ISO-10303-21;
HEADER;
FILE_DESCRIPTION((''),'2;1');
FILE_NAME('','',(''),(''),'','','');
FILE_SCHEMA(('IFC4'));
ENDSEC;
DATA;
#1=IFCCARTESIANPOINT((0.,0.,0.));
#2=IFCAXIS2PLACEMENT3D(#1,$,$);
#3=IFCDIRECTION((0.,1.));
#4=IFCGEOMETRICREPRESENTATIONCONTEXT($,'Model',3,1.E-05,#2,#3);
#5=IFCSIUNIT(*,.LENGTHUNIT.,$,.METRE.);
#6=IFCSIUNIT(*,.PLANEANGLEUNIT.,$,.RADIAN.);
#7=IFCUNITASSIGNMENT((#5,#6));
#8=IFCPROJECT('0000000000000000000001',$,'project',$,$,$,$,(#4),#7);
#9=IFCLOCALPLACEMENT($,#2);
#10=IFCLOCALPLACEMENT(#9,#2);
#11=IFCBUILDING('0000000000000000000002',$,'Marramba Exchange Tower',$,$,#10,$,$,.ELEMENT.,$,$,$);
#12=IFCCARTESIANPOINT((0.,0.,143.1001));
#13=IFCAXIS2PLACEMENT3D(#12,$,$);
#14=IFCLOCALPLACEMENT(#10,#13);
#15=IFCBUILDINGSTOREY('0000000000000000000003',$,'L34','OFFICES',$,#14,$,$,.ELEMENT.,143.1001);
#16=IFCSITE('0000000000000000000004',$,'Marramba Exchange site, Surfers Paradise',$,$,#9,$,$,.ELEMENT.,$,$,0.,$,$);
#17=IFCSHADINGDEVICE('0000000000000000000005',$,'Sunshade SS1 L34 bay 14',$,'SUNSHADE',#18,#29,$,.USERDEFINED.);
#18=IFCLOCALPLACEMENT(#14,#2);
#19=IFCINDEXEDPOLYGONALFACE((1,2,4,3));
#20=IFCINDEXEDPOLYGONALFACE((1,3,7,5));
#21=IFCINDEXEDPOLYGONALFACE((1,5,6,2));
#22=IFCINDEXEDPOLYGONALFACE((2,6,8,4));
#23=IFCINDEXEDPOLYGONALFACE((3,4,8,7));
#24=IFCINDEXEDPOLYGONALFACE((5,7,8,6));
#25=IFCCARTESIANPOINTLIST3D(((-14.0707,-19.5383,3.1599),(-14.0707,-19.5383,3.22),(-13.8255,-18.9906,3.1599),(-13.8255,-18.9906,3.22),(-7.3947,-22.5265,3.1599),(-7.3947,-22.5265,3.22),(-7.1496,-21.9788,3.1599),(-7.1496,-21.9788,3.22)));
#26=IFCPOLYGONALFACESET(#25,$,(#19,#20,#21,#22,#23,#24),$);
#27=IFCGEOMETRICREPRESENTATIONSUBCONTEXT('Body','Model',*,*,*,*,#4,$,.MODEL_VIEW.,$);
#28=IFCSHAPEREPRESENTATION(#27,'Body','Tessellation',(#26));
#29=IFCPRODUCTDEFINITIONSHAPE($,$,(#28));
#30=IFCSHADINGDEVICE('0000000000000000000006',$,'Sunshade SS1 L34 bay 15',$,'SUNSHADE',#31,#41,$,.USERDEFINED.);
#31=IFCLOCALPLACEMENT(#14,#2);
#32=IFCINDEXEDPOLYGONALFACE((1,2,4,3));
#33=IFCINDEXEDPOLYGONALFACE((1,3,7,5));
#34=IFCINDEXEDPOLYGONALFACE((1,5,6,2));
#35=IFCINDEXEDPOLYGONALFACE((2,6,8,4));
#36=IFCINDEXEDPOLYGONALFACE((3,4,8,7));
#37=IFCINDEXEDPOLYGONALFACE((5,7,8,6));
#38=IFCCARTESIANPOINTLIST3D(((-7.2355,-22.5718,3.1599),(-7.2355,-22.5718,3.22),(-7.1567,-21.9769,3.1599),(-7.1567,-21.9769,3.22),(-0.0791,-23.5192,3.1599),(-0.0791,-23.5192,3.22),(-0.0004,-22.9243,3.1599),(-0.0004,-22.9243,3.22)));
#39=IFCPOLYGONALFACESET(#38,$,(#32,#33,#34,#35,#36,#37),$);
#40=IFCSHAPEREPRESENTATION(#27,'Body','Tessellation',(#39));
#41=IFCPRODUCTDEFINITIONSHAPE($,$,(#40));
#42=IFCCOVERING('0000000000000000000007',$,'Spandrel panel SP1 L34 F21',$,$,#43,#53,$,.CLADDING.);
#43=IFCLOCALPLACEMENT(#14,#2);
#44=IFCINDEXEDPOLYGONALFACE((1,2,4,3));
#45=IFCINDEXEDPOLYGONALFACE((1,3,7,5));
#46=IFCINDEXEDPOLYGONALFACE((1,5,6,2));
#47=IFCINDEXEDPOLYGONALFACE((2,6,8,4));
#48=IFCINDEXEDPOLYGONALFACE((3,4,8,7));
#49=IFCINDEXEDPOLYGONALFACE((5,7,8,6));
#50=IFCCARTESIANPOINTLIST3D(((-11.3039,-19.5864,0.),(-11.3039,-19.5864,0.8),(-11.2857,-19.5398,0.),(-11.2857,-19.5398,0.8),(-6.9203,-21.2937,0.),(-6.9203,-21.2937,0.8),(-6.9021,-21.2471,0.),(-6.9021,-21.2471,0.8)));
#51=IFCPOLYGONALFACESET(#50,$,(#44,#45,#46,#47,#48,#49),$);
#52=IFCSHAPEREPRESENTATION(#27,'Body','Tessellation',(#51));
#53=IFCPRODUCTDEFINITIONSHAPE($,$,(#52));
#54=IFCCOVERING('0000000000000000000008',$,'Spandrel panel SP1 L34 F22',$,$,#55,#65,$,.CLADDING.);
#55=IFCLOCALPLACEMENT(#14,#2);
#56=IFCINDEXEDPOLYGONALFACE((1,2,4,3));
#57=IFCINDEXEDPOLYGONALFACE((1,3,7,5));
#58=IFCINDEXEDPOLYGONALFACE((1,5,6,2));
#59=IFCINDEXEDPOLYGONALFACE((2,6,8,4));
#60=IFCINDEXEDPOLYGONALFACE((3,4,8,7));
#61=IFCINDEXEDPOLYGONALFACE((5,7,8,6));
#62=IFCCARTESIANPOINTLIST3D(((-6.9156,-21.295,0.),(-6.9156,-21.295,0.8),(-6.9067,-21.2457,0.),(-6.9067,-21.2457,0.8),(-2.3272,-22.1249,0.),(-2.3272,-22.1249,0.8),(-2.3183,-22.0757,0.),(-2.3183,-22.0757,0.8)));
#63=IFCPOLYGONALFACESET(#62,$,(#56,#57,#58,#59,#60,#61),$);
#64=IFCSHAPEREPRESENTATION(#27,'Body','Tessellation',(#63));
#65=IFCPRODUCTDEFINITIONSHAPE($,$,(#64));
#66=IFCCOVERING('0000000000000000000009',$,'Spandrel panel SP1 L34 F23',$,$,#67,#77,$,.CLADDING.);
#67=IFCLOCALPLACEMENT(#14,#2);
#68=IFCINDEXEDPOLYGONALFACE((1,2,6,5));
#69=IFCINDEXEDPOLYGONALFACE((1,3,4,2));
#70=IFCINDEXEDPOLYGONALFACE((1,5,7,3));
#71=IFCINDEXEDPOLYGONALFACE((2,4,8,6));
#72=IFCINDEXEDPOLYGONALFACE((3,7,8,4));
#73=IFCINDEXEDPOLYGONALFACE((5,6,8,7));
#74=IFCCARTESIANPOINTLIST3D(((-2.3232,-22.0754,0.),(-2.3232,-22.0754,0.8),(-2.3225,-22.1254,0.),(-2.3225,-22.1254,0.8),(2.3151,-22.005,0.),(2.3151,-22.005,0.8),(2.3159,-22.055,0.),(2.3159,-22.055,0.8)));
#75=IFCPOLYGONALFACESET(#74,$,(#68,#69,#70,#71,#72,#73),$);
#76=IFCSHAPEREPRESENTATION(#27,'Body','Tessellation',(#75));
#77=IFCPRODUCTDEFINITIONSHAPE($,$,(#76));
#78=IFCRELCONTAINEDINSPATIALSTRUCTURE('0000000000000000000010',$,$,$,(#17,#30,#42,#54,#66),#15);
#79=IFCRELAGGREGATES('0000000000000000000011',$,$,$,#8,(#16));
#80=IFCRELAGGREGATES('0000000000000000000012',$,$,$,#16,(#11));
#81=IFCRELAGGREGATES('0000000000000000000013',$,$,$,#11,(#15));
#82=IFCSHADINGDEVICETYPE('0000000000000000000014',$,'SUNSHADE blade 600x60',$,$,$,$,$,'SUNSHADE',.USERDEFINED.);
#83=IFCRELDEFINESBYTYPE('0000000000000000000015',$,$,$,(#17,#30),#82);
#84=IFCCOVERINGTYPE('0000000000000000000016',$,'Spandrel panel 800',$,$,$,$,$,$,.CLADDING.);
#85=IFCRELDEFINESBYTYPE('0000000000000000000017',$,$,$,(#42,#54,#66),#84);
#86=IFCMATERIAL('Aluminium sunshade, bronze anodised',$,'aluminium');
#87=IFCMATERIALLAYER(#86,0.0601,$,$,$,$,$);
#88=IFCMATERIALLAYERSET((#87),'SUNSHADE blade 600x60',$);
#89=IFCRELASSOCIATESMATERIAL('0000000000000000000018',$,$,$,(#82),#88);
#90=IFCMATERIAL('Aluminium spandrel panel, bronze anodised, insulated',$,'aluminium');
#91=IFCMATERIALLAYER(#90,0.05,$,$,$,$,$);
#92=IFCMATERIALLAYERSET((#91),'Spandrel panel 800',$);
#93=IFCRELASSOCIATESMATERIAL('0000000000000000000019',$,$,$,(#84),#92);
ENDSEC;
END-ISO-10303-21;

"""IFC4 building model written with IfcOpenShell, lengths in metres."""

from ifc_helpers import new_model, si_unit, direction, frame, origin, origin_2d, place, context, subcontext, project, spatial, rectangle, extrude, material, layer, layer_set, type_object, element, save


model = new_model("IFC4")

# Units and contexts
model_context = context("Model", 3, precision=1e-05, world=origin(), true_north=direction((0.0, 1.0)))
body_context = subcontext(model_context, "Body", "Model", "MODEL_VIEW")
ifc_project = project(units=[si_unit("LENGTHUNIT", "METRE"), si_unit("PLANEANGLEUNIT", "RADIAN")], contexts=[model_context])

# Site, building, storey
site_placement = place(None, origin())
site = spatial("IfcSite", under=ifc_project, at=site_placement, Name="Marramba Exchange site, Surfers Paradise", CompositionType="ELEMENT", RefElevation=0.0)
building_placement = place(site_placement, origin())
building = spatial("IfcBuilding", under=site, at=building_placement, Name="Marramba Exchange Tower", CompositionType="ELEMENT")
storey_placement = place(building_placement, frame((0.0, 0.0, 143.1001)))
storey = spatial("IfcBuildingStorey", under=building, at=storey_placement, Name="L34", Description="OFFICES", CompositionType="ELEMENT", Elevation=143.1001)

# Shading devices
ifc_material_1 = material(Name="Aluminium sunshade, bronze anodised", Category="aluminium")
ifc_layer_1 = layer(ifc_material_1, 0.0601)
ifc_layer_set_1 = layer_set([ifc_layer_1], Name="SUNSHADE blade 600x60")
shading_device_type_1 = type_object("IfcShadingDeviceType", Name="SUNSHADE blade 600x60", ElementType="SUNSHADE", PredefinedType="USERDEFINED", material=ifc_layer_set_1)
shading_device_1_placement = place(storey_placement, frame((-10.6101, -20.7585, 3.1599), z_axis=(0.0, 0.0, 1.0), x_axis=(0.912736, -0.40855, 0.0)))
element("IfcShadingDevice", 1, at=shading_device_1_placement, inside=storey, type_object=shading_device_type_1, Name="Sunshade SS1 L34 bay 14", ObjectType="SUNSHADE", PredefinedType="USERDEFINED", context=body_context, shape_type="SweptSolid", body=[
    extrude(rectangle(XDim=7.3142, YDim=0.6001, at=origin_2d()), origin(), (0.0, 0.0, 1.0), 0.0601),
])
shading_device_2_placement = place(storey_placement, frame((-3.6179, -22.748, 3.1599), z_axis=(0.0, 0.0, 1.0), x_axis=(0.99135, -0.131241, 0.0)))
element("IfcShadingDevice", 2, at=shading_device_2_placement, inside=storey, type_object=shading_device_type_1, Name="Sunshade SS1 L34 bay 15", ObjectType="SUNSHADE", PredefinedType="USERDEFINED", context=body_context, shape_type="SweptSolid", body=[
    extrude(rectangle(XDim=7.2188, YDim=0.6001, at=origin_2d()), origin(), (0.0, 0.0, 1.0), 0.0601),
])

# Coverings
ifc_material_2 = material(Name="Aluminium spandrel panel, bronze anodised, insulated", Category="aluminium")
ifc_layer_2 = layer(ifc_material_2, 0.05)
ifc_layer_set_2 = layer_set([ifc_layer_2], Name="Spandrel panel 800")
covering_type = type_object("IfcCoveringType", Name="Spandrel panel 800", PredefinedType="CLADDING", material=ifc_layer_set_2)
covering_1_placement = place(storey_placement, frame((-9.103, -20.4167, 0.0), z_axis=(0.0, 0.0, 1.0), x_axis=(0.931818, -0.362925, 0.0)))
element("IfcCovering", 3, at=covering_1_placement, inside=storey, type_object=covering_type, Name="Spandrel panel SP1 L34 F21", PredefinedType="CLADDING", context=body_context, shape_type="SweptSolid", body=[
    extrude(rectangle(XDim=4.7043, YDim=0.05, at=origin_2d()), origin(), (0.0, 0.0, 1.0), 0.8),
])
covering_2_placement = place(storey_placement, frame((-4.6169, -21.6853, 0.0), z_axis=(0.0, 0.0, 1.0), x_axis=(0.984032, -0.177992, 0.0)))
element("IfcCovering", 4, at=covering_2_placement, inside=storey, type_object=covering_type, Name="Spandrel panel SP1 L34 F22", PredefinedType="CLADDING", context=body_context, shape_type="SweptSolid", body=[
    extrude(rectangle(XDim=4.6628, YDim=0.05, at=origin_2d()), origin(), (0.0, 0.0, 1.0), 0.8),
])
covering_3_placement = place(storey_placement, frame((-0.0037, -22.0652, 0.0), z_axis=(0.0, 0.0, 1.0), x_axis=(0.999885, 0.015179, 0.0)))
element("IfcCovering", 5, at=covering_3_placement, inside=storey, type_object=covering_type, Name="Spandrel panel SP1 L34 F23", PredefinedType="CLADDING", context=body_context, shape_type="SweptSolid", body=[
    extrude(rectangle(XDim=4.6389, YDim=0.05, at=origin_2d()), origin(), (0.0, 0.0, 1.0), 0.8),
])

save(model, "model.ifc")
